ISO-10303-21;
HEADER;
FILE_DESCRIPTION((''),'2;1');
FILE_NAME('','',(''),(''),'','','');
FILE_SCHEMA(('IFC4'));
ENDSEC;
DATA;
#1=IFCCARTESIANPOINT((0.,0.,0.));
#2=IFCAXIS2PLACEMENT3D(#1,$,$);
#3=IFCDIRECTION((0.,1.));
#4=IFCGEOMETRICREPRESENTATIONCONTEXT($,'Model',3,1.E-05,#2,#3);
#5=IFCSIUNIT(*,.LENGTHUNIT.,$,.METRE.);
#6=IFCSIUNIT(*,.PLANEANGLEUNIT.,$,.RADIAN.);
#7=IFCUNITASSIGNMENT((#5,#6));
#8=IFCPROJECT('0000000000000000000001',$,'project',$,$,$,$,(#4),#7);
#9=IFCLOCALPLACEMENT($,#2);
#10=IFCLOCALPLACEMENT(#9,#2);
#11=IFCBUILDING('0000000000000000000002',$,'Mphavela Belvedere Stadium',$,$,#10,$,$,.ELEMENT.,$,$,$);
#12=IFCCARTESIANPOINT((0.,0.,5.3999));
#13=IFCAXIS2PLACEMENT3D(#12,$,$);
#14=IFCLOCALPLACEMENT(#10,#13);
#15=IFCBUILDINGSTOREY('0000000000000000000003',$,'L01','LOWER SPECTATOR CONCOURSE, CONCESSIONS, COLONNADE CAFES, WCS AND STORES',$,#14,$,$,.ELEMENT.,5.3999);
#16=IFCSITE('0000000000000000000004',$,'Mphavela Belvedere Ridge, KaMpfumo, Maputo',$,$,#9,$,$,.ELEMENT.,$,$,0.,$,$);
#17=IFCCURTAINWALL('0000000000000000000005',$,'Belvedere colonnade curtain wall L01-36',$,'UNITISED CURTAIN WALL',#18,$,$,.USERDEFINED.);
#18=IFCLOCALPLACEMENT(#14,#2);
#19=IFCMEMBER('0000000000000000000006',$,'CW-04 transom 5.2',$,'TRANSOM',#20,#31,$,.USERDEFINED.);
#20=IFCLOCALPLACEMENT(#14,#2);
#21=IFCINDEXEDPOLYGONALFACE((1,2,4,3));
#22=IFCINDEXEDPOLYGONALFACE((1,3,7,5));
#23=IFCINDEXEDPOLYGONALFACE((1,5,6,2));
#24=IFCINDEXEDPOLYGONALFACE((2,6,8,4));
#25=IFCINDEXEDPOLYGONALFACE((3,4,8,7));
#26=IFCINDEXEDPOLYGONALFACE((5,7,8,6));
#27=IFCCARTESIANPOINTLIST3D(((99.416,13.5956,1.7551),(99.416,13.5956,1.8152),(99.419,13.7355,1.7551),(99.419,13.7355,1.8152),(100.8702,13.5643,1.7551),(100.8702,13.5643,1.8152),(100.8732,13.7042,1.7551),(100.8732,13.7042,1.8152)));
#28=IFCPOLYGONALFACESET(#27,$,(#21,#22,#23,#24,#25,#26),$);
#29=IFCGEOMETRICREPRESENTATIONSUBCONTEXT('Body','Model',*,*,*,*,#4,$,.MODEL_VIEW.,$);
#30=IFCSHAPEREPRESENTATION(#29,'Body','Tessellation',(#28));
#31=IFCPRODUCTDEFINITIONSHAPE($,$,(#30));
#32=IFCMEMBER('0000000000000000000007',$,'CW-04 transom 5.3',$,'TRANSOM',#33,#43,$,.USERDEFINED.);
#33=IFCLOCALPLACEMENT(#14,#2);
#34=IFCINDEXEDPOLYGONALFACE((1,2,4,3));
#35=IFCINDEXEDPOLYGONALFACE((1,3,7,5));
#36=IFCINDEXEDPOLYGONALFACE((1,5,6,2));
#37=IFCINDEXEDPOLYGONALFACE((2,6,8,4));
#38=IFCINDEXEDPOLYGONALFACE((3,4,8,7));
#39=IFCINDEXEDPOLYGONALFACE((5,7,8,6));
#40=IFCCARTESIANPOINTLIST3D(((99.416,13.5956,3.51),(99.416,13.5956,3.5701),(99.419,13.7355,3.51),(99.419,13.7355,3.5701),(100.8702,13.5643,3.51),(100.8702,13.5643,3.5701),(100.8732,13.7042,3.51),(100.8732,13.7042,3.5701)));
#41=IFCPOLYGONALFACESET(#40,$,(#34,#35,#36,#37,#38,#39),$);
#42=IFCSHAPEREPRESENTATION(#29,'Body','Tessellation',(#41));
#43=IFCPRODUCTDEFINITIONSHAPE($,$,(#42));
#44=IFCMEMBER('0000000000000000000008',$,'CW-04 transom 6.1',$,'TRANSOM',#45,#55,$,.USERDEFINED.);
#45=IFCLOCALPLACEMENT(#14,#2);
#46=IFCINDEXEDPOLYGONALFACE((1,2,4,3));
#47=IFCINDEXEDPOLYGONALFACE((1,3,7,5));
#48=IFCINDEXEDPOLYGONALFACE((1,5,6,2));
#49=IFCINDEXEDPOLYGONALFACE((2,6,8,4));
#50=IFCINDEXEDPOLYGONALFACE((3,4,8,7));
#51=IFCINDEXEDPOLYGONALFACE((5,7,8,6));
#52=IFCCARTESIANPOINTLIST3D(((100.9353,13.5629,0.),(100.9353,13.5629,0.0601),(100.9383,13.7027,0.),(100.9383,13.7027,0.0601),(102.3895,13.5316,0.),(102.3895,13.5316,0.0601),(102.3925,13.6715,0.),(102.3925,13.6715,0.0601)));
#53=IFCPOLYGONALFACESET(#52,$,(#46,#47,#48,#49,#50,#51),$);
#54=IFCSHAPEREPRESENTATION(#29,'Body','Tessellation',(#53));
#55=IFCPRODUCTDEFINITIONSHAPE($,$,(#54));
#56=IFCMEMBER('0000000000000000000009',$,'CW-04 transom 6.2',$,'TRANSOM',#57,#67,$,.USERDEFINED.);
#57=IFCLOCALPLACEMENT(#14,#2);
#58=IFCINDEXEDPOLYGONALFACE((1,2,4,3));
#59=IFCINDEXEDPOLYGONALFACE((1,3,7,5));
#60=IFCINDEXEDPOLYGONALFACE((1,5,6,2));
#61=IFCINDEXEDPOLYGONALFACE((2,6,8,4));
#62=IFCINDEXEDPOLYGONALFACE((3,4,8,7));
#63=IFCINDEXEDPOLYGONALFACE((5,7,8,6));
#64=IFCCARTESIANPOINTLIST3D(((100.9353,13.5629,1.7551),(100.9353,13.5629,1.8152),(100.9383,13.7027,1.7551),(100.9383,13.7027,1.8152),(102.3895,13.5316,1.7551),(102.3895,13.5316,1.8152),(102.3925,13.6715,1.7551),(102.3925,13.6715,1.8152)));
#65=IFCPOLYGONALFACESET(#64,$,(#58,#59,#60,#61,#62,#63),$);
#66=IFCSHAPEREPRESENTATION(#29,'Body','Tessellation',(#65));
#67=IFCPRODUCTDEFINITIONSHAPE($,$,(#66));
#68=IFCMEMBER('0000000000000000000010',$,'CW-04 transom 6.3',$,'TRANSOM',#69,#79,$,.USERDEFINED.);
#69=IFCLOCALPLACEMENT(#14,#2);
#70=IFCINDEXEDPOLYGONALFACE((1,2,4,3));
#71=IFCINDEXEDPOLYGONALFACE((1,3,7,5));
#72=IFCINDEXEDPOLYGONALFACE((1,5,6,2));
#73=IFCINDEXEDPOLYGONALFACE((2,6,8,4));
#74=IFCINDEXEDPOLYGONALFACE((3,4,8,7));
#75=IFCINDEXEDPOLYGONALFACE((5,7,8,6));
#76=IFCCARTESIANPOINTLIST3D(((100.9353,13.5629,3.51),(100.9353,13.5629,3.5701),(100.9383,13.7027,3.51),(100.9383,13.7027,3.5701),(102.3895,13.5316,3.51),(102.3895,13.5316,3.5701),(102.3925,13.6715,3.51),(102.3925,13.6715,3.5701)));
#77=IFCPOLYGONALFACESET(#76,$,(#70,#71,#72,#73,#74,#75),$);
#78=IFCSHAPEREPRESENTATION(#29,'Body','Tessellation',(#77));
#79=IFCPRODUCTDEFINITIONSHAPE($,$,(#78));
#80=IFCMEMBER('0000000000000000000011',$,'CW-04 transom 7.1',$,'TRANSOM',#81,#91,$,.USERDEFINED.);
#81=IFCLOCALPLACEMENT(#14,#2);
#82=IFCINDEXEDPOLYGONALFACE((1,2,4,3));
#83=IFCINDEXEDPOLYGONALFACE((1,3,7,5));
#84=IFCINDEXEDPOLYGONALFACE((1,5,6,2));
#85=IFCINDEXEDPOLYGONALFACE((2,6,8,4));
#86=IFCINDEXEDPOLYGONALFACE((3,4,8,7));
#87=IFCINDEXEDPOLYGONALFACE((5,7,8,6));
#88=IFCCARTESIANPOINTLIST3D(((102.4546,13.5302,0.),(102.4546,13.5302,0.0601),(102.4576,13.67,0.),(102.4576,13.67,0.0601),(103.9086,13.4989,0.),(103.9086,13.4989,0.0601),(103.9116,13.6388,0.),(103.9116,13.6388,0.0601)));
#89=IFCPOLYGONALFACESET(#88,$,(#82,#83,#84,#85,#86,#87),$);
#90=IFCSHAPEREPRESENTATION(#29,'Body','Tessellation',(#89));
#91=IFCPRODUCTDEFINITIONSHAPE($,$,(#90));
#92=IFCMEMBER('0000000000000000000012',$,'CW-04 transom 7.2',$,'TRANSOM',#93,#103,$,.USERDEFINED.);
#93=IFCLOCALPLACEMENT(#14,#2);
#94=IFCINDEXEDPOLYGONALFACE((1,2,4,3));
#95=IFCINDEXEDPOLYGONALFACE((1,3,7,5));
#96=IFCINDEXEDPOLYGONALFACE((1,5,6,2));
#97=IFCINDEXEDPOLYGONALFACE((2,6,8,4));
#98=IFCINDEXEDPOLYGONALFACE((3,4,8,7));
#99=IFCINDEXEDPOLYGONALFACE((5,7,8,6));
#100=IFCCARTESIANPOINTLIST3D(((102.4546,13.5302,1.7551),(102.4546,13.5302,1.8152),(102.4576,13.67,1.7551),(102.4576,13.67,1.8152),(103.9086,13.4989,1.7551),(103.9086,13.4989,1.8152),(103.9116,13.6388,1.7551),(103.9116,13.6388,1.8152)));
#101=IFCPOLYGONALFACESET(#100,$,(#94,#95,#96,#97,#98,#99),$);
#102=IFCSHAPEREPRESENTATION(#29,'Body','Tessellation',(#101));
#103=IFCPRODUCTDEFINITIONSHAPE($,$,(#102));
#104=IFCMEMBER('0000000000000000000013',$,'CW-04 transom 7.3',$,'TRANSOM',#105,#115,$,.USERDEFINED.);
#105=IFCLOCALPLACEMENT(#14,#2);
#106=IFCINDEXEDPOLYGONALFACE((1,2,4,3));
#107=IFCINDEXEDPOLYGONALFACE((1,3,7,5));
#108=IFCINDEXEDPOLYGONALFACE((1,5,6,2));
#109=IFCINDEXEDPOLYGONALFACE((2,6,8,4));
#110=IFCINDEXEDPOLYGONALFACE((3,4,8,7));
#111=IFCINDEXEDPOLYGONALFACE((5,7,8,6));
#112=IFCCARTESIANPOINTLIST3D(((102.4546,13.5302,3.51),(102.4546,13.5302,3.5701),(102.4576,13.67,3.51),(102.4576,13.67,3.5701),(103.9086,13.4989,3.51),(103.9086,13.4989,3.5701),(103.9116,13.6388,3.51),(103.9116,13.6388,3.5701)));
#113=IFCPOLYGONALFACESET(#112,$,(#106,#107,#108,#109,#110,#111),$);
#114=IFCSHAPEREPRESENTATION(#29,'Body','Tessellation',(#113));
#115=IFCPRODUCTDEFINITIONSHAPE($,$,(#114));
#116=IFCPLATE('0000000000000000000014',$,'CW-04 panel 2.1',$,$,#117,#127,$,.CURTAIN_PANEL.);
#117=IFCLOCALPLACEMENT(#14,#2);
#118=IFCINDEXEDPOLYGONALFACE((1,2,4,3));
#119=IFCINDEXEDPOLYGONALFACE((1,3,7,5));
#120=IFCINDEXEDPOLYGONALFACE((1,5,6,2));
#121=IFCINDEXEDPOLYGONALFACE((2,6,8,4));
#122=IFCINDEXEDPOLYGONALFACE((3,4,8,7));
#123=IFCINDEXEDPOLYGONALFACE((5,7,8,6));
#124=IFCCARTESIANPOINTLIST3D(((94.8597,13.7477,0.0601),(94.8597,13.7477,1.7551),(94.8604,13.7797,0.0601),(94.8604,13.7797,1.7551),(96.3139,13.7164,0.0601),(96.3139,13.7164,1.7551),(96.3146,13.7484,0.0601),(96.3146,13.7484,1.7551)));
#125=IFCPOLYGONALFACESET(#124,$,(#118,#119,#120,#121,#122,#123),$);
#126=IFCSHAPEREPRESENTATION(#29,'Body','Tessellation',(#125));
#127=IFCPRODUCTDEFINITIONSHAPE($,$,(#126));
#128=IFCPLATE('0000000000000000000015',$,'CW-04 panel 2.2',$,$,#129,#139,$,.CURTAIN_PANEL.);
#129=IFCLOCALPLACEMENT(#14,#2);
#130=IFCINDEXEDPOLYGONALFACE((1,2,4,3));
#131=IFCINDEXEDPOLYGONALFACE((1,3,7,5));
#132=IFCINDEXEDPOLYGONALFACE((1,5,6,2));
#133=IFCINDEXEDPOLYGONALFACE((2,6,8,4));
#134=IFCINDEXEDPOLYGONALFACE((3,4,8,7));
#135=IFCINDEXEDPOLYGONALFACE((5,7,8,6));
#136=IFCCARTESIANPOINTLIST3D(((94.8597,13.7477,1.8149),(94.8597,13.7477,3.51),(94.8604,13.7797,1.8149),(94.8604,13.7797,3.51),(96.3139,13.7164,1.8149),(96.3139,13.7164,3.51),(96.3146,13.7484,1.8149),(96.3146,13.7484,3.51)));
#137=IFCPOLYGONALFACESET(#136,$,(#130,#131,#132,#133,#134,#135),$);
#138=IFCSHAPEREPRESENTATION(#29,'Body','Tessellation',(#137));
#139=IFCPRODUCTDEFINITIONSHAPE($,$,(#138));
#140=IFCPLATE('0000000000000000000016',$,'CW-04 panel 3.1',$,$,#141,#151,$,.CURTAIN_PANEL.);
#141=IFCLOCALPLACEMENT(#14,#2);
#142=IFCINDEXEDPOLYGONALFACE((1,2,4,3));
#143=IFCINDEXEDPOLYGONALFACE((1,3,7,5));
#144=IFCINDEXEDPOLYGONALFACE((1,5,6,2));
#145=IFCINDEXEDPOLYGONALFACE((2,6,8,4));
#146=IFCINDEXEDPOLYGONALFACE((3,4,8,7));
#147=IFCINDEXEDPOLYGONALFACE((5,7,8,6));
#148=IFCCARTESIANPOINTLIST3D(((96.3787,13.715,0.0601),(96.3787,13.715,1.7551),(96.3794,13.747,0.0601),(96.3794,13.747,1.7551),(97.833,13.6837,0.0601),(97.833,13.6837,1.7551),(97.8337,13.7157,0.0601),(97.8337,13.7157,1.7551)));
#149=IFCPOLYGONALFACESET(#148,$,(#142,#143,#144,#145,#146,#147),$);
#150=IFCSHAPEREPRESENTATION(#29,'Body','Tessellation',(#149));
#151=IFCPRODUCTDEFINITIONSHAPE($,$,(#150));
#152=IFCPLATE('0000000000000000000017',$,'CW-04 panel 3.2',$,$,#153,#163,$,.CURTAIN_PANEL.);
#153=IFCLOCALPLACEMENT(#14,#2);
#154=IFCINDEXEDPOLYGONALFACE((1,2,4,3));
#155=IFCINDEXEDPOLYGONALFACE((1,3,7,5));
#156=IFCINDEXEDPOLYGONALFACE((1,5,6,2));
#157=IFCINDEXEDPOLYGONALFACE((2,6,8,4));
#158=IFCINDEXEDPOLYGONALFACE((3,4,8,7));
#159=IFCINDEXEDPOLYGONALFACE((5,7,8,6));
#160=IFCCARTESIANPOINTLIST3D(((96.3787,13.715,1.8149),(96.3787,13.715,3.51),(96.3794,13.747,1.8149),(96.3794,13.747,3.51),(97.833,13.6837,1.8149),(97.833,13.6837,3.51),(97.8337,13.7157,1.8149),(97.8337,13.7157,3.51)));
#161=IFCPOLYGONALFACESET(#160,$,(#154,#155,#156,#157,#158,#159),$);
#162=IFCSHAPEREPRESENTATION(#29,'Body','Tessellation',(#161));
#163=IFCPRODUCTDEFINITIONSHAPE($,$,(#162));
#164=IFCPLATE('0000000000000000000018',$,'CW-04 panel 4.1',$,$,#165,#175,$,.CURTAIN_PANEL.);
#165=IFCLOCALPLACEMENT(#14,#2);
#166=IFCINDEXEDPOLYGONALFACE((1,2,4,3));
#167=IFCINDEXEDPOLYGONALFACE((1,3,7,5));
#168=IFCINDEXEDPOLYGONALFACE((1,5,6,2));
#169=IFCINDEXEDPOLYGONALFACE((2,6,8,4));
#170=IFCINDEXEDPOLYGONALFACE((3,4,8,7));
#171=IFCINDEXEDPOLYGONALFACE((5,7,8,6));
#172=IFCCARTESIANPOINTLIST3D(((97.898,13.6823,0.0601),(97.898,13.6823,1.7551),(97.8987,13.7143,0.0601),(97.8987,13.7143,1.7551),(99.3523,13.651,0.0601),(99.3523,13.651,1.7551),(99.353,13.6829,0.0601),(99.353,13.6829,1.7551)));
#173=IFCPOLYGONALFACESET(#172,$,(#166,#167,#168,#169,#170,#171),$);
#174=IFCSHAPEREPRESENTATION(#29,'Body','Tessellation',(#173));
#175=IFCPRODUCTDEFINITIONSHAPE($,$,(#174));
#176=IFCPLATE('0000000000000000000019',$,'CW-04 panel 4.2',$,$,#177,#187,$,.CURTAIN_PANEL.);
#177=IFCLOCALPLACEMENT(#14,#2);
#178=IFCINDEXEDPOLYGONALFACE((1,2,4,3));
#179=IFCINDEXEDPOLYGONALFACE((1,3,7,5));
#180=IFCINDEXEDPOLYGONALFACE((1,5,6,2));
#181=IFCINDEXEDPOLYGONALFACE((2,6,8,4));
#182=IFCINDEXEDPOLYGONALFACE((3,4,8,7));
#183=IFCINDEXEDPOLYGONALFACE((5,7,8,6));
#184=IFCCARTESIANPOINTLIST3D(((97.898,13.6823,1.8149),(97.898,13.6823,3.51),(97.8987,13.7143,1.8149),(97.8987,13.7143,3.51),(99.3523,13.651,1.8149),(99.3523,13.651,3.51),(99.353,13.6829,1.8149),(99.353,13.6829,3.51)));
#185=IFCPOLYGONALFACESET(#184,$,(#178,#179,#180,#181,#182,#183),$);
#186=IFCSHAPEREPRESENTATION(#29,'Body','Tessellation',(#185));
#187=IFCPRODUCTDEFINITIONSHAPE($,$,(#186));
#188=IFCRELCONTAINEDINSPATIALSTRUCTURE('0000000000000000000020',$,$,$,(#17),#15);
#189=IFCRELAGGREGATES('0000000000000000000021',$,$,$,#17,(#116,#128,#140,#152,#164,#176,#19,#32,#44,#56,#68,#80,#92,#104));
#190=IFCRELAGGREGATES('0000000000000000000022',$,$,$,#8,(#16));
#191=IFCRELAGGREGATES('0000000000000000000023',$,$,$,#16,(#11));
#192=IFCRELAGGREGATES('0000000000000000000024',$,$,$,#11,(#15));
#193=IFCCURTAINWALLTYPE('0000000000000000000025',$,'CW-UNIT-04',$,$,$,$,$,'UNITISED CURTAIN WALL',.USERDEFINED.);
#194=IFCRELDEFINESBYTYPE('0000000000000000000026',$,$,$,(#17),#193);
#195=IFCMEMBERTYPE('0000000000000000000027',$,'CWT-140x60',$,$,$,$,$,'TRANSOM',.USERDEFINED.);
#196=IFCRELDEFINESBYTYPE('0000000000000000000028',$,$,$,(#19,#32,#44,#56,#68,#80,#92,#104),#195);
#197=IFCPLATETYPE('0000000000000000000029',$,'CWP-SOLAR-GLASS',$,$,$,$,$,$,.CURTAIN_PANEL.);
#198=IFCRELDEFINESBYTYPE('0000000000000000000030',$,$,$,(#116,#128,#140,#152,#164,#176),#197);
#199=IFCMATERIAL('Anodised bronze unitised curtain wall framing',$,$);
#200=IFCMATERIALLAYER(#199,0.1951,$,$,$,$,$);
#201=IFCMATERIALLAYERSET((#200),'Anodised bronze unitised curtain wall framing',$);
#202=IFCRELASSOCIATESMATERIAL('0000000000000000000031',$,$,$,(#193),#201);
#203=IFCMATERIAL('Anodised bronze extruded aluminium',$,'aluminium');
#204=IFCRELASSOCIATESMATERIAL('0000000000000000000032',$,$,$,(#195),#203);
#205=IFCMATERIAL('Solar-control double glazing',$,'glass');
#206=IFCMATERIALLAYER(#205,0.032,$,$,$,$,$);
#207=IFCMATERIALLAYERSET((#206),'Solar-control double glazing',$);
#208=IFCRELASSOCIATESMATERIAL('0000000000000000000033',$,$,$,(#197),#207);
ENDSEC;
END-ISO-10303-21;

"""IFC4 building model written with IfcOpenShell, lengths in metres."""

from ifc_helpers import new_model, si_unit, direction, frame, origin, origin_2d, place, context, subcontext, project, spatial, rectangle, extrude, material, layer, layer_set, material_profile, profile_set, type_object, element, aggregate, save


model = new_model("IFC4")

# Units and contexts
model_context = context("Model", 3, precision=1e-05, world=origin(), true_north=direction((0.0, 1.0)))
body_context = subcontext(model_context, "Body", "Model", "MODEL_VIEW")
ifc_project = project(units=[si_unit("LENGTHUNIT", "METRE"), si_unit("PLANEANGLEUNIT", "RADIAN")], contexts=[model_context])

# Site, building, storey
site_placement = place(None, origin())
site = spatial("IfcSite", under=ifc_project, at=site_placement, Name="Mphavela Belvedere Ridge, KaMpfumo, Maputo", CompositionType="ELEMENT", RefElevation=0.0)
building_placement = place(site_placement, origin())
building = spatial("IfcBuilding", under=site, at=building_placement, Name="Mphavela Belvedere Stadium", CompositionType="ELEMENT")
storey_placement = place(building_placement, frame((0.0, 0.0, 5.3999)))
storey = spatial("IfcBuildingStorey", under=building, at=storey_placement, Name="L01", Description="LOWER SPECTATOR CONCOURSE, CONCESSIONS, COLONNADE CAFES, WCS AND STORES", CompositionType="ELEMENT", Elevation=5.3999)

# Curtain wall, members, plates
ifc_material_1 = material(Name="Anodised bronze unitised curtain wall framing")
ifc_layer_1 = layer(ifc_material_1, 0.1951)
ifc_layer_set_1 = layer_set([ifc_layer_1], Name="Anodised bronze unitised curtain wall framing")
curtain_wall_type = type_object("IfcCurtainWallType", Name="CW-UNIT-04", ElementType="UNITISED CURTAIN WALL", PredefinedType="USERDEFINED", material=ifc_layer_set_1)
curtain_wall_placement = place(storey_placement, origin())
curtain_wall = element("IfcCurtainWall", 1, at=curtain_wall_placement, inside=storey, type_object=curtain_wall_type, Name="Belvedere colonnade curtain wall L01-36", ObjectType="UNITISED CURTAIN WALL", PredefinedType="USERDEFINED")
ifc_material_2 = material(Name="Anodised bronze extruded aluminium", Category="aluminium")
ifc_material_profile_1 = material_profile(ifc_material_2, rectangle(XDim=0.1399, YDim=0.0601, at=origin_2d()), Name="CW-TRN 140x60")
ifc_profile_set_1 = profile_set([ifc_material_profile_1], Name="Anodised bronze extruded aluminium")
member_type_1 = type_object("IfcMemberType", Name="CWT-140x60", ElementType="TRANSOM", PredefinedType="USERDEFINED", material=ifc_profile_set_1)
member_1_placement = place(storey_placement, frame((99.4175, 13.6655, 1.7852), z_axis=(0.999769, -0.021482, 0.0), x_axis=(0.021482, 0.999769, 0.0)))
member_1 = element("IfcMember", 2, at=member_1_placement, type_object=member_type_1, Name="CW-04 transom 5.2", ObjectType="TRANSOM", PredefinedType="USERDEFINED", context=body_context, shape_type="SweptSolid", body=[
    extrude(rectangle(XDim=0.1399, YDim=0.0601, at=origin_2d()), origin(), (0.0, 0.0, 1.0), 1.4546),
])
member_2_placement = place(storey_placement, frame((99.4175, 13.6655, 3.54), z_axis=(0.999769, -0.021482, 0.0), x_axis=(0.021482, 0.999769, 0.0)))
member_2 = element("IfcMember", 3, at=member_2_placement, type_object=member_type_1, Name="CW-04 transom 5.3", ObjectType="TRANSOM", PredefinedType="USERDEFINED", context=body_context, shape_type="SweptSolid", body=[
    extrude(rectangle(XDim=0.1399, YDim=0.0601, at=origin_2d()), origin(), (0.0, 0.0, 1.0), 1.4546),
])
member_3_placement = place(storey_placement, frame((100.9368, 13.6328, 0.03), z_axis=(0.999769, -0.021482, 0.0), x_axis=(0.021482, 0.999769, 0.0)))
member_3 = element("IfcMember", 4, at=member_3_placement, type_object=member_type_1, Name="CW-04 transom 6.1", ObjectType="TRANSOM", PredefinedType="USERDEFINED", context=body_context, shape_type="SweptSolid", body=[
    extrude(rectangle(XDim=0.1399, YDim=0.0601, at=origin_2d()), origin(), (0.0, 0.0, 1.0), 1.4546),
])
member_4_placement = place(storey_placement, frame((100.9368, 13.6328, 1.7852), z_axis=(0.999769, -0.021482, 0.0), x_axis=(0.021482, 0.999769, 0.0)))
member_4 = element("IfcMember", 5, at=member_4_placement, type_object=member_type_1, Name="CW-04 transom 6.2", ObjectType="TRANSOM", PredefinedType="USERDEFINED", context=body_context, shape_type="SweptSolid", body=[
    extrude(rectangle(XDim=0.1399, YDim=0.0601, at=origin_2d()), origin(), (0.0, 0.0, 1.0), 1.4546),
])
member_5_placement = place(storey_placement, frame((100.9368, 13.6328, 3.54), z_axis=(0.999769, -0.021482, 0.0), x_axis=(0.021482, 0.999769, 0.0)))
member_5 = element("IfcMember", 6, at=member_5_placement, type_object=member_type_1, Name="CW-04 transom 6.3", ObjectType="TRANSOM", PredefinedType="USERDEFINED", context=body_context, shape_type="SweptSolid", body=[
    extrude(rectangle(XDim=0.1399, YDim=0.0601, at=origin_2d()), origin(), (0.0, 0.0, 1.0), 1.4546),
])
member_6_placement = place(storey_placement, frame((102.4561, 13.6001, 0.03), z_axis=(0.999769, -0.021486, 0.0), x_axis=(0.021486, 0.999769, 0.0)))
member_6 = element("IfcMember", 7, at=member_6_placement, type_object=member_type_1, Name="CW-04 transom 7.1", ObjectType="TRANSOM", PredefinedType="USERDEFINED", context=body_context, shape_type="SweptSolid", body=[
    extrude(rectangle(XDim=0.1399, YDim=0.0601, at=origin_2d()), origin(), (0.0, 0.0, 1.0), 1.4543),
])
member_7_placement = place(storey_placement, frame((102.4561, 13.6001, 1.7852), z_axis=(0.999769, -0.021486, 0.0), x_axis=(0.021486, 0.999769, 0.0)))
member_7 = element("IfcMember", 8, at=member_7_placement, type_object=member_type_1, Name="CW-04 transom 7.2", ObjectType="TRANSOM", PredefinedType="USERDEFINED", context=body_context, shape_type="SweptSolid", body=[
    extrude(rectangle(XDim=0.1399, YDim=0.0601, at=origin_2d()), origin(), (0.0, 0.0, 1.0), 1.4543),
])
member_8_placement = place(storey_placement, frame((102.4561, 13.6001, 3.54), z_axis=(0.999769, -0.021486, 0.0), x_axis=(0.021486, 0.999769, 0.0)))
member_8 = element("IfcMember", 9, at=member_8_placement, type_object=member_type_1, Name="CW-04 transom 7.3", ObjectType="TRANSOM", PredefinedType="USERDEFINED", context=body_context, shape_type="SweptSolid", body=[
    extrude(rectangle(XDim=0.1399, YDim=0.0601, at=origin_2d()), origin(), (0.0, 0.0, 1.0), 1.4543),
])
ifc_material_3 = material(Name="Solar-control double glazing", Category="glass")
ifc_layer_2 = layer(ifc_material_3, 0.032)
ifc_layer_set_2 = layer_set([ifc_layer_2], Name="Solar-control double glazing")
plate_type = type_object("IfcPlateType", Name="CWP-SOLAR-GLASS", PredefinedType="CURTAIN_PANEL", material=ifc_layer_set_2)
plate_1_placement = place(storey_placement, frame((95.5872, 13.748, 0.0601), z_axis=(0.0, 0.0, 1.0), x_axis=(0.999768, -0.021529, 0.0)))
plate_1 = element("IfcPlate", 10, at=plate_1_placement, type_object=plate_type, Name="CW-04 panel 2.1", PredefinedType="CURTAIN_PANEL", context=body_context, shape_type="SweptSolid", body=[
    extrude(rectangle(XDim=1.4546, YDim=0.032, at=origin_2d()), origin(), (0.0, 0.0, 1.0), 1.6951),
])
plate_2_placement = place(storey_placement, frame((95.5872, 13.748, 1.8149), z_axis=(0.0, 0.0, 1.0), x_axis=(0.999768, -0.021529, 0.0)))
plate_2 = element("IfcPlate", 11, at=plate_2_placement, type_object=plate_type, Name="CW-04 panel 2.2", PredefinedType="CURTAIN_PANEL", context=body_context, shape_type="SweptSolid", body=[
    extrude(rectangle(XDim=1.4546, YDim=0.032, at=origin_2d()), origin(), (0.0, 0.0, 1.0), 1.6951),
])
plate_3_placement = place(storey_placement, frame((97.1062, 13.7153, 0.0601), z_axis=(0.0, 0.0, 1.0), x_axis=(0.999768, -0.021529, 0.0)))
plate_3 = element("IfcPlate", 12, at=plate_3_placement, type_object=plate_type, Name="CW-04 panel 3.1", PredefinedType="CURTAIN_PANEL", context=body_context, shape_type="SweptSolid", body=[
    extrude(rectangle(XDim=1.4546, YDim=0.032, at=origin_2d()), origin(), (0.0, 0.0, 1.0), 1.6951),
])
plate_4_placement = place(storey_placement, frame((97.1062, 13.7153, 1.8149), z_axis=(0.0, 0.0, 1.0), x_axis=(0.999768, -0.021529, 0.0)))
plate_4 = element("IfcPlate", 13, at=plate_4_placement, type_object=plate_type, Name="CW-04 panel 3.2", PredefinedType="CURTAIN_PANEL", context=body_context, shape_type="SweptSolid", body=[
    extrude(rectangle(XDim=1.4546, YDim=0.032, at=origin_2d()), origin(), (0.0, 0.0, 1.0), 1.6951),
])
plate_5_placement = place(storey_placement, frame((98.6255, 13.6826, 0.0601), z_axis=(0.0, 0.0, 1.0), x_axis=(0.999768, -0.021529, 0.0)))
plate_5 = element("IfcPlate", 14, at=plate_5_placement, type_object=plate_type, Name="CW-04 panel 4.1", PredefinedType="CURTAIN_PANEL", context=body_context, shape_type="SweptSolid", body=[
    extrude(rectangle(XDim=1.4546, YDim=0.032, at=origin_2d()), origin(), (0.0, 0.0, 1.0), 1.6951),
])
plate_6_placement = place(storey_placement, frame((98.6255, 13.6826, 1.8149), z_axis=(0.0, 0.0, 1.0), x_axis=(0.999768, -0.021529, 0.0)))
plate_6 = element("IfcPlate", 15, at=plate_6_placement, type_object=plate_type, Name="CW-04 panel 4.2", PredefinedType="CURTAIN_PANEL", context=body_context, shape_type="SweptSolid", body=[
    extrude(rectangle(XDim=1.4546, YDim=0.032, at=origin_2d()), origin(), (0.0, 0.0, 1.0), 1.6951),
])
aggregate(curtain_wall, [plate_1, plate_2, plate_3, plate_4, plate_5, plate_6, member_1, member_2, member_3, member_4, member_5, member_6, member_7, member_8])

save(model, "model.ifc")
